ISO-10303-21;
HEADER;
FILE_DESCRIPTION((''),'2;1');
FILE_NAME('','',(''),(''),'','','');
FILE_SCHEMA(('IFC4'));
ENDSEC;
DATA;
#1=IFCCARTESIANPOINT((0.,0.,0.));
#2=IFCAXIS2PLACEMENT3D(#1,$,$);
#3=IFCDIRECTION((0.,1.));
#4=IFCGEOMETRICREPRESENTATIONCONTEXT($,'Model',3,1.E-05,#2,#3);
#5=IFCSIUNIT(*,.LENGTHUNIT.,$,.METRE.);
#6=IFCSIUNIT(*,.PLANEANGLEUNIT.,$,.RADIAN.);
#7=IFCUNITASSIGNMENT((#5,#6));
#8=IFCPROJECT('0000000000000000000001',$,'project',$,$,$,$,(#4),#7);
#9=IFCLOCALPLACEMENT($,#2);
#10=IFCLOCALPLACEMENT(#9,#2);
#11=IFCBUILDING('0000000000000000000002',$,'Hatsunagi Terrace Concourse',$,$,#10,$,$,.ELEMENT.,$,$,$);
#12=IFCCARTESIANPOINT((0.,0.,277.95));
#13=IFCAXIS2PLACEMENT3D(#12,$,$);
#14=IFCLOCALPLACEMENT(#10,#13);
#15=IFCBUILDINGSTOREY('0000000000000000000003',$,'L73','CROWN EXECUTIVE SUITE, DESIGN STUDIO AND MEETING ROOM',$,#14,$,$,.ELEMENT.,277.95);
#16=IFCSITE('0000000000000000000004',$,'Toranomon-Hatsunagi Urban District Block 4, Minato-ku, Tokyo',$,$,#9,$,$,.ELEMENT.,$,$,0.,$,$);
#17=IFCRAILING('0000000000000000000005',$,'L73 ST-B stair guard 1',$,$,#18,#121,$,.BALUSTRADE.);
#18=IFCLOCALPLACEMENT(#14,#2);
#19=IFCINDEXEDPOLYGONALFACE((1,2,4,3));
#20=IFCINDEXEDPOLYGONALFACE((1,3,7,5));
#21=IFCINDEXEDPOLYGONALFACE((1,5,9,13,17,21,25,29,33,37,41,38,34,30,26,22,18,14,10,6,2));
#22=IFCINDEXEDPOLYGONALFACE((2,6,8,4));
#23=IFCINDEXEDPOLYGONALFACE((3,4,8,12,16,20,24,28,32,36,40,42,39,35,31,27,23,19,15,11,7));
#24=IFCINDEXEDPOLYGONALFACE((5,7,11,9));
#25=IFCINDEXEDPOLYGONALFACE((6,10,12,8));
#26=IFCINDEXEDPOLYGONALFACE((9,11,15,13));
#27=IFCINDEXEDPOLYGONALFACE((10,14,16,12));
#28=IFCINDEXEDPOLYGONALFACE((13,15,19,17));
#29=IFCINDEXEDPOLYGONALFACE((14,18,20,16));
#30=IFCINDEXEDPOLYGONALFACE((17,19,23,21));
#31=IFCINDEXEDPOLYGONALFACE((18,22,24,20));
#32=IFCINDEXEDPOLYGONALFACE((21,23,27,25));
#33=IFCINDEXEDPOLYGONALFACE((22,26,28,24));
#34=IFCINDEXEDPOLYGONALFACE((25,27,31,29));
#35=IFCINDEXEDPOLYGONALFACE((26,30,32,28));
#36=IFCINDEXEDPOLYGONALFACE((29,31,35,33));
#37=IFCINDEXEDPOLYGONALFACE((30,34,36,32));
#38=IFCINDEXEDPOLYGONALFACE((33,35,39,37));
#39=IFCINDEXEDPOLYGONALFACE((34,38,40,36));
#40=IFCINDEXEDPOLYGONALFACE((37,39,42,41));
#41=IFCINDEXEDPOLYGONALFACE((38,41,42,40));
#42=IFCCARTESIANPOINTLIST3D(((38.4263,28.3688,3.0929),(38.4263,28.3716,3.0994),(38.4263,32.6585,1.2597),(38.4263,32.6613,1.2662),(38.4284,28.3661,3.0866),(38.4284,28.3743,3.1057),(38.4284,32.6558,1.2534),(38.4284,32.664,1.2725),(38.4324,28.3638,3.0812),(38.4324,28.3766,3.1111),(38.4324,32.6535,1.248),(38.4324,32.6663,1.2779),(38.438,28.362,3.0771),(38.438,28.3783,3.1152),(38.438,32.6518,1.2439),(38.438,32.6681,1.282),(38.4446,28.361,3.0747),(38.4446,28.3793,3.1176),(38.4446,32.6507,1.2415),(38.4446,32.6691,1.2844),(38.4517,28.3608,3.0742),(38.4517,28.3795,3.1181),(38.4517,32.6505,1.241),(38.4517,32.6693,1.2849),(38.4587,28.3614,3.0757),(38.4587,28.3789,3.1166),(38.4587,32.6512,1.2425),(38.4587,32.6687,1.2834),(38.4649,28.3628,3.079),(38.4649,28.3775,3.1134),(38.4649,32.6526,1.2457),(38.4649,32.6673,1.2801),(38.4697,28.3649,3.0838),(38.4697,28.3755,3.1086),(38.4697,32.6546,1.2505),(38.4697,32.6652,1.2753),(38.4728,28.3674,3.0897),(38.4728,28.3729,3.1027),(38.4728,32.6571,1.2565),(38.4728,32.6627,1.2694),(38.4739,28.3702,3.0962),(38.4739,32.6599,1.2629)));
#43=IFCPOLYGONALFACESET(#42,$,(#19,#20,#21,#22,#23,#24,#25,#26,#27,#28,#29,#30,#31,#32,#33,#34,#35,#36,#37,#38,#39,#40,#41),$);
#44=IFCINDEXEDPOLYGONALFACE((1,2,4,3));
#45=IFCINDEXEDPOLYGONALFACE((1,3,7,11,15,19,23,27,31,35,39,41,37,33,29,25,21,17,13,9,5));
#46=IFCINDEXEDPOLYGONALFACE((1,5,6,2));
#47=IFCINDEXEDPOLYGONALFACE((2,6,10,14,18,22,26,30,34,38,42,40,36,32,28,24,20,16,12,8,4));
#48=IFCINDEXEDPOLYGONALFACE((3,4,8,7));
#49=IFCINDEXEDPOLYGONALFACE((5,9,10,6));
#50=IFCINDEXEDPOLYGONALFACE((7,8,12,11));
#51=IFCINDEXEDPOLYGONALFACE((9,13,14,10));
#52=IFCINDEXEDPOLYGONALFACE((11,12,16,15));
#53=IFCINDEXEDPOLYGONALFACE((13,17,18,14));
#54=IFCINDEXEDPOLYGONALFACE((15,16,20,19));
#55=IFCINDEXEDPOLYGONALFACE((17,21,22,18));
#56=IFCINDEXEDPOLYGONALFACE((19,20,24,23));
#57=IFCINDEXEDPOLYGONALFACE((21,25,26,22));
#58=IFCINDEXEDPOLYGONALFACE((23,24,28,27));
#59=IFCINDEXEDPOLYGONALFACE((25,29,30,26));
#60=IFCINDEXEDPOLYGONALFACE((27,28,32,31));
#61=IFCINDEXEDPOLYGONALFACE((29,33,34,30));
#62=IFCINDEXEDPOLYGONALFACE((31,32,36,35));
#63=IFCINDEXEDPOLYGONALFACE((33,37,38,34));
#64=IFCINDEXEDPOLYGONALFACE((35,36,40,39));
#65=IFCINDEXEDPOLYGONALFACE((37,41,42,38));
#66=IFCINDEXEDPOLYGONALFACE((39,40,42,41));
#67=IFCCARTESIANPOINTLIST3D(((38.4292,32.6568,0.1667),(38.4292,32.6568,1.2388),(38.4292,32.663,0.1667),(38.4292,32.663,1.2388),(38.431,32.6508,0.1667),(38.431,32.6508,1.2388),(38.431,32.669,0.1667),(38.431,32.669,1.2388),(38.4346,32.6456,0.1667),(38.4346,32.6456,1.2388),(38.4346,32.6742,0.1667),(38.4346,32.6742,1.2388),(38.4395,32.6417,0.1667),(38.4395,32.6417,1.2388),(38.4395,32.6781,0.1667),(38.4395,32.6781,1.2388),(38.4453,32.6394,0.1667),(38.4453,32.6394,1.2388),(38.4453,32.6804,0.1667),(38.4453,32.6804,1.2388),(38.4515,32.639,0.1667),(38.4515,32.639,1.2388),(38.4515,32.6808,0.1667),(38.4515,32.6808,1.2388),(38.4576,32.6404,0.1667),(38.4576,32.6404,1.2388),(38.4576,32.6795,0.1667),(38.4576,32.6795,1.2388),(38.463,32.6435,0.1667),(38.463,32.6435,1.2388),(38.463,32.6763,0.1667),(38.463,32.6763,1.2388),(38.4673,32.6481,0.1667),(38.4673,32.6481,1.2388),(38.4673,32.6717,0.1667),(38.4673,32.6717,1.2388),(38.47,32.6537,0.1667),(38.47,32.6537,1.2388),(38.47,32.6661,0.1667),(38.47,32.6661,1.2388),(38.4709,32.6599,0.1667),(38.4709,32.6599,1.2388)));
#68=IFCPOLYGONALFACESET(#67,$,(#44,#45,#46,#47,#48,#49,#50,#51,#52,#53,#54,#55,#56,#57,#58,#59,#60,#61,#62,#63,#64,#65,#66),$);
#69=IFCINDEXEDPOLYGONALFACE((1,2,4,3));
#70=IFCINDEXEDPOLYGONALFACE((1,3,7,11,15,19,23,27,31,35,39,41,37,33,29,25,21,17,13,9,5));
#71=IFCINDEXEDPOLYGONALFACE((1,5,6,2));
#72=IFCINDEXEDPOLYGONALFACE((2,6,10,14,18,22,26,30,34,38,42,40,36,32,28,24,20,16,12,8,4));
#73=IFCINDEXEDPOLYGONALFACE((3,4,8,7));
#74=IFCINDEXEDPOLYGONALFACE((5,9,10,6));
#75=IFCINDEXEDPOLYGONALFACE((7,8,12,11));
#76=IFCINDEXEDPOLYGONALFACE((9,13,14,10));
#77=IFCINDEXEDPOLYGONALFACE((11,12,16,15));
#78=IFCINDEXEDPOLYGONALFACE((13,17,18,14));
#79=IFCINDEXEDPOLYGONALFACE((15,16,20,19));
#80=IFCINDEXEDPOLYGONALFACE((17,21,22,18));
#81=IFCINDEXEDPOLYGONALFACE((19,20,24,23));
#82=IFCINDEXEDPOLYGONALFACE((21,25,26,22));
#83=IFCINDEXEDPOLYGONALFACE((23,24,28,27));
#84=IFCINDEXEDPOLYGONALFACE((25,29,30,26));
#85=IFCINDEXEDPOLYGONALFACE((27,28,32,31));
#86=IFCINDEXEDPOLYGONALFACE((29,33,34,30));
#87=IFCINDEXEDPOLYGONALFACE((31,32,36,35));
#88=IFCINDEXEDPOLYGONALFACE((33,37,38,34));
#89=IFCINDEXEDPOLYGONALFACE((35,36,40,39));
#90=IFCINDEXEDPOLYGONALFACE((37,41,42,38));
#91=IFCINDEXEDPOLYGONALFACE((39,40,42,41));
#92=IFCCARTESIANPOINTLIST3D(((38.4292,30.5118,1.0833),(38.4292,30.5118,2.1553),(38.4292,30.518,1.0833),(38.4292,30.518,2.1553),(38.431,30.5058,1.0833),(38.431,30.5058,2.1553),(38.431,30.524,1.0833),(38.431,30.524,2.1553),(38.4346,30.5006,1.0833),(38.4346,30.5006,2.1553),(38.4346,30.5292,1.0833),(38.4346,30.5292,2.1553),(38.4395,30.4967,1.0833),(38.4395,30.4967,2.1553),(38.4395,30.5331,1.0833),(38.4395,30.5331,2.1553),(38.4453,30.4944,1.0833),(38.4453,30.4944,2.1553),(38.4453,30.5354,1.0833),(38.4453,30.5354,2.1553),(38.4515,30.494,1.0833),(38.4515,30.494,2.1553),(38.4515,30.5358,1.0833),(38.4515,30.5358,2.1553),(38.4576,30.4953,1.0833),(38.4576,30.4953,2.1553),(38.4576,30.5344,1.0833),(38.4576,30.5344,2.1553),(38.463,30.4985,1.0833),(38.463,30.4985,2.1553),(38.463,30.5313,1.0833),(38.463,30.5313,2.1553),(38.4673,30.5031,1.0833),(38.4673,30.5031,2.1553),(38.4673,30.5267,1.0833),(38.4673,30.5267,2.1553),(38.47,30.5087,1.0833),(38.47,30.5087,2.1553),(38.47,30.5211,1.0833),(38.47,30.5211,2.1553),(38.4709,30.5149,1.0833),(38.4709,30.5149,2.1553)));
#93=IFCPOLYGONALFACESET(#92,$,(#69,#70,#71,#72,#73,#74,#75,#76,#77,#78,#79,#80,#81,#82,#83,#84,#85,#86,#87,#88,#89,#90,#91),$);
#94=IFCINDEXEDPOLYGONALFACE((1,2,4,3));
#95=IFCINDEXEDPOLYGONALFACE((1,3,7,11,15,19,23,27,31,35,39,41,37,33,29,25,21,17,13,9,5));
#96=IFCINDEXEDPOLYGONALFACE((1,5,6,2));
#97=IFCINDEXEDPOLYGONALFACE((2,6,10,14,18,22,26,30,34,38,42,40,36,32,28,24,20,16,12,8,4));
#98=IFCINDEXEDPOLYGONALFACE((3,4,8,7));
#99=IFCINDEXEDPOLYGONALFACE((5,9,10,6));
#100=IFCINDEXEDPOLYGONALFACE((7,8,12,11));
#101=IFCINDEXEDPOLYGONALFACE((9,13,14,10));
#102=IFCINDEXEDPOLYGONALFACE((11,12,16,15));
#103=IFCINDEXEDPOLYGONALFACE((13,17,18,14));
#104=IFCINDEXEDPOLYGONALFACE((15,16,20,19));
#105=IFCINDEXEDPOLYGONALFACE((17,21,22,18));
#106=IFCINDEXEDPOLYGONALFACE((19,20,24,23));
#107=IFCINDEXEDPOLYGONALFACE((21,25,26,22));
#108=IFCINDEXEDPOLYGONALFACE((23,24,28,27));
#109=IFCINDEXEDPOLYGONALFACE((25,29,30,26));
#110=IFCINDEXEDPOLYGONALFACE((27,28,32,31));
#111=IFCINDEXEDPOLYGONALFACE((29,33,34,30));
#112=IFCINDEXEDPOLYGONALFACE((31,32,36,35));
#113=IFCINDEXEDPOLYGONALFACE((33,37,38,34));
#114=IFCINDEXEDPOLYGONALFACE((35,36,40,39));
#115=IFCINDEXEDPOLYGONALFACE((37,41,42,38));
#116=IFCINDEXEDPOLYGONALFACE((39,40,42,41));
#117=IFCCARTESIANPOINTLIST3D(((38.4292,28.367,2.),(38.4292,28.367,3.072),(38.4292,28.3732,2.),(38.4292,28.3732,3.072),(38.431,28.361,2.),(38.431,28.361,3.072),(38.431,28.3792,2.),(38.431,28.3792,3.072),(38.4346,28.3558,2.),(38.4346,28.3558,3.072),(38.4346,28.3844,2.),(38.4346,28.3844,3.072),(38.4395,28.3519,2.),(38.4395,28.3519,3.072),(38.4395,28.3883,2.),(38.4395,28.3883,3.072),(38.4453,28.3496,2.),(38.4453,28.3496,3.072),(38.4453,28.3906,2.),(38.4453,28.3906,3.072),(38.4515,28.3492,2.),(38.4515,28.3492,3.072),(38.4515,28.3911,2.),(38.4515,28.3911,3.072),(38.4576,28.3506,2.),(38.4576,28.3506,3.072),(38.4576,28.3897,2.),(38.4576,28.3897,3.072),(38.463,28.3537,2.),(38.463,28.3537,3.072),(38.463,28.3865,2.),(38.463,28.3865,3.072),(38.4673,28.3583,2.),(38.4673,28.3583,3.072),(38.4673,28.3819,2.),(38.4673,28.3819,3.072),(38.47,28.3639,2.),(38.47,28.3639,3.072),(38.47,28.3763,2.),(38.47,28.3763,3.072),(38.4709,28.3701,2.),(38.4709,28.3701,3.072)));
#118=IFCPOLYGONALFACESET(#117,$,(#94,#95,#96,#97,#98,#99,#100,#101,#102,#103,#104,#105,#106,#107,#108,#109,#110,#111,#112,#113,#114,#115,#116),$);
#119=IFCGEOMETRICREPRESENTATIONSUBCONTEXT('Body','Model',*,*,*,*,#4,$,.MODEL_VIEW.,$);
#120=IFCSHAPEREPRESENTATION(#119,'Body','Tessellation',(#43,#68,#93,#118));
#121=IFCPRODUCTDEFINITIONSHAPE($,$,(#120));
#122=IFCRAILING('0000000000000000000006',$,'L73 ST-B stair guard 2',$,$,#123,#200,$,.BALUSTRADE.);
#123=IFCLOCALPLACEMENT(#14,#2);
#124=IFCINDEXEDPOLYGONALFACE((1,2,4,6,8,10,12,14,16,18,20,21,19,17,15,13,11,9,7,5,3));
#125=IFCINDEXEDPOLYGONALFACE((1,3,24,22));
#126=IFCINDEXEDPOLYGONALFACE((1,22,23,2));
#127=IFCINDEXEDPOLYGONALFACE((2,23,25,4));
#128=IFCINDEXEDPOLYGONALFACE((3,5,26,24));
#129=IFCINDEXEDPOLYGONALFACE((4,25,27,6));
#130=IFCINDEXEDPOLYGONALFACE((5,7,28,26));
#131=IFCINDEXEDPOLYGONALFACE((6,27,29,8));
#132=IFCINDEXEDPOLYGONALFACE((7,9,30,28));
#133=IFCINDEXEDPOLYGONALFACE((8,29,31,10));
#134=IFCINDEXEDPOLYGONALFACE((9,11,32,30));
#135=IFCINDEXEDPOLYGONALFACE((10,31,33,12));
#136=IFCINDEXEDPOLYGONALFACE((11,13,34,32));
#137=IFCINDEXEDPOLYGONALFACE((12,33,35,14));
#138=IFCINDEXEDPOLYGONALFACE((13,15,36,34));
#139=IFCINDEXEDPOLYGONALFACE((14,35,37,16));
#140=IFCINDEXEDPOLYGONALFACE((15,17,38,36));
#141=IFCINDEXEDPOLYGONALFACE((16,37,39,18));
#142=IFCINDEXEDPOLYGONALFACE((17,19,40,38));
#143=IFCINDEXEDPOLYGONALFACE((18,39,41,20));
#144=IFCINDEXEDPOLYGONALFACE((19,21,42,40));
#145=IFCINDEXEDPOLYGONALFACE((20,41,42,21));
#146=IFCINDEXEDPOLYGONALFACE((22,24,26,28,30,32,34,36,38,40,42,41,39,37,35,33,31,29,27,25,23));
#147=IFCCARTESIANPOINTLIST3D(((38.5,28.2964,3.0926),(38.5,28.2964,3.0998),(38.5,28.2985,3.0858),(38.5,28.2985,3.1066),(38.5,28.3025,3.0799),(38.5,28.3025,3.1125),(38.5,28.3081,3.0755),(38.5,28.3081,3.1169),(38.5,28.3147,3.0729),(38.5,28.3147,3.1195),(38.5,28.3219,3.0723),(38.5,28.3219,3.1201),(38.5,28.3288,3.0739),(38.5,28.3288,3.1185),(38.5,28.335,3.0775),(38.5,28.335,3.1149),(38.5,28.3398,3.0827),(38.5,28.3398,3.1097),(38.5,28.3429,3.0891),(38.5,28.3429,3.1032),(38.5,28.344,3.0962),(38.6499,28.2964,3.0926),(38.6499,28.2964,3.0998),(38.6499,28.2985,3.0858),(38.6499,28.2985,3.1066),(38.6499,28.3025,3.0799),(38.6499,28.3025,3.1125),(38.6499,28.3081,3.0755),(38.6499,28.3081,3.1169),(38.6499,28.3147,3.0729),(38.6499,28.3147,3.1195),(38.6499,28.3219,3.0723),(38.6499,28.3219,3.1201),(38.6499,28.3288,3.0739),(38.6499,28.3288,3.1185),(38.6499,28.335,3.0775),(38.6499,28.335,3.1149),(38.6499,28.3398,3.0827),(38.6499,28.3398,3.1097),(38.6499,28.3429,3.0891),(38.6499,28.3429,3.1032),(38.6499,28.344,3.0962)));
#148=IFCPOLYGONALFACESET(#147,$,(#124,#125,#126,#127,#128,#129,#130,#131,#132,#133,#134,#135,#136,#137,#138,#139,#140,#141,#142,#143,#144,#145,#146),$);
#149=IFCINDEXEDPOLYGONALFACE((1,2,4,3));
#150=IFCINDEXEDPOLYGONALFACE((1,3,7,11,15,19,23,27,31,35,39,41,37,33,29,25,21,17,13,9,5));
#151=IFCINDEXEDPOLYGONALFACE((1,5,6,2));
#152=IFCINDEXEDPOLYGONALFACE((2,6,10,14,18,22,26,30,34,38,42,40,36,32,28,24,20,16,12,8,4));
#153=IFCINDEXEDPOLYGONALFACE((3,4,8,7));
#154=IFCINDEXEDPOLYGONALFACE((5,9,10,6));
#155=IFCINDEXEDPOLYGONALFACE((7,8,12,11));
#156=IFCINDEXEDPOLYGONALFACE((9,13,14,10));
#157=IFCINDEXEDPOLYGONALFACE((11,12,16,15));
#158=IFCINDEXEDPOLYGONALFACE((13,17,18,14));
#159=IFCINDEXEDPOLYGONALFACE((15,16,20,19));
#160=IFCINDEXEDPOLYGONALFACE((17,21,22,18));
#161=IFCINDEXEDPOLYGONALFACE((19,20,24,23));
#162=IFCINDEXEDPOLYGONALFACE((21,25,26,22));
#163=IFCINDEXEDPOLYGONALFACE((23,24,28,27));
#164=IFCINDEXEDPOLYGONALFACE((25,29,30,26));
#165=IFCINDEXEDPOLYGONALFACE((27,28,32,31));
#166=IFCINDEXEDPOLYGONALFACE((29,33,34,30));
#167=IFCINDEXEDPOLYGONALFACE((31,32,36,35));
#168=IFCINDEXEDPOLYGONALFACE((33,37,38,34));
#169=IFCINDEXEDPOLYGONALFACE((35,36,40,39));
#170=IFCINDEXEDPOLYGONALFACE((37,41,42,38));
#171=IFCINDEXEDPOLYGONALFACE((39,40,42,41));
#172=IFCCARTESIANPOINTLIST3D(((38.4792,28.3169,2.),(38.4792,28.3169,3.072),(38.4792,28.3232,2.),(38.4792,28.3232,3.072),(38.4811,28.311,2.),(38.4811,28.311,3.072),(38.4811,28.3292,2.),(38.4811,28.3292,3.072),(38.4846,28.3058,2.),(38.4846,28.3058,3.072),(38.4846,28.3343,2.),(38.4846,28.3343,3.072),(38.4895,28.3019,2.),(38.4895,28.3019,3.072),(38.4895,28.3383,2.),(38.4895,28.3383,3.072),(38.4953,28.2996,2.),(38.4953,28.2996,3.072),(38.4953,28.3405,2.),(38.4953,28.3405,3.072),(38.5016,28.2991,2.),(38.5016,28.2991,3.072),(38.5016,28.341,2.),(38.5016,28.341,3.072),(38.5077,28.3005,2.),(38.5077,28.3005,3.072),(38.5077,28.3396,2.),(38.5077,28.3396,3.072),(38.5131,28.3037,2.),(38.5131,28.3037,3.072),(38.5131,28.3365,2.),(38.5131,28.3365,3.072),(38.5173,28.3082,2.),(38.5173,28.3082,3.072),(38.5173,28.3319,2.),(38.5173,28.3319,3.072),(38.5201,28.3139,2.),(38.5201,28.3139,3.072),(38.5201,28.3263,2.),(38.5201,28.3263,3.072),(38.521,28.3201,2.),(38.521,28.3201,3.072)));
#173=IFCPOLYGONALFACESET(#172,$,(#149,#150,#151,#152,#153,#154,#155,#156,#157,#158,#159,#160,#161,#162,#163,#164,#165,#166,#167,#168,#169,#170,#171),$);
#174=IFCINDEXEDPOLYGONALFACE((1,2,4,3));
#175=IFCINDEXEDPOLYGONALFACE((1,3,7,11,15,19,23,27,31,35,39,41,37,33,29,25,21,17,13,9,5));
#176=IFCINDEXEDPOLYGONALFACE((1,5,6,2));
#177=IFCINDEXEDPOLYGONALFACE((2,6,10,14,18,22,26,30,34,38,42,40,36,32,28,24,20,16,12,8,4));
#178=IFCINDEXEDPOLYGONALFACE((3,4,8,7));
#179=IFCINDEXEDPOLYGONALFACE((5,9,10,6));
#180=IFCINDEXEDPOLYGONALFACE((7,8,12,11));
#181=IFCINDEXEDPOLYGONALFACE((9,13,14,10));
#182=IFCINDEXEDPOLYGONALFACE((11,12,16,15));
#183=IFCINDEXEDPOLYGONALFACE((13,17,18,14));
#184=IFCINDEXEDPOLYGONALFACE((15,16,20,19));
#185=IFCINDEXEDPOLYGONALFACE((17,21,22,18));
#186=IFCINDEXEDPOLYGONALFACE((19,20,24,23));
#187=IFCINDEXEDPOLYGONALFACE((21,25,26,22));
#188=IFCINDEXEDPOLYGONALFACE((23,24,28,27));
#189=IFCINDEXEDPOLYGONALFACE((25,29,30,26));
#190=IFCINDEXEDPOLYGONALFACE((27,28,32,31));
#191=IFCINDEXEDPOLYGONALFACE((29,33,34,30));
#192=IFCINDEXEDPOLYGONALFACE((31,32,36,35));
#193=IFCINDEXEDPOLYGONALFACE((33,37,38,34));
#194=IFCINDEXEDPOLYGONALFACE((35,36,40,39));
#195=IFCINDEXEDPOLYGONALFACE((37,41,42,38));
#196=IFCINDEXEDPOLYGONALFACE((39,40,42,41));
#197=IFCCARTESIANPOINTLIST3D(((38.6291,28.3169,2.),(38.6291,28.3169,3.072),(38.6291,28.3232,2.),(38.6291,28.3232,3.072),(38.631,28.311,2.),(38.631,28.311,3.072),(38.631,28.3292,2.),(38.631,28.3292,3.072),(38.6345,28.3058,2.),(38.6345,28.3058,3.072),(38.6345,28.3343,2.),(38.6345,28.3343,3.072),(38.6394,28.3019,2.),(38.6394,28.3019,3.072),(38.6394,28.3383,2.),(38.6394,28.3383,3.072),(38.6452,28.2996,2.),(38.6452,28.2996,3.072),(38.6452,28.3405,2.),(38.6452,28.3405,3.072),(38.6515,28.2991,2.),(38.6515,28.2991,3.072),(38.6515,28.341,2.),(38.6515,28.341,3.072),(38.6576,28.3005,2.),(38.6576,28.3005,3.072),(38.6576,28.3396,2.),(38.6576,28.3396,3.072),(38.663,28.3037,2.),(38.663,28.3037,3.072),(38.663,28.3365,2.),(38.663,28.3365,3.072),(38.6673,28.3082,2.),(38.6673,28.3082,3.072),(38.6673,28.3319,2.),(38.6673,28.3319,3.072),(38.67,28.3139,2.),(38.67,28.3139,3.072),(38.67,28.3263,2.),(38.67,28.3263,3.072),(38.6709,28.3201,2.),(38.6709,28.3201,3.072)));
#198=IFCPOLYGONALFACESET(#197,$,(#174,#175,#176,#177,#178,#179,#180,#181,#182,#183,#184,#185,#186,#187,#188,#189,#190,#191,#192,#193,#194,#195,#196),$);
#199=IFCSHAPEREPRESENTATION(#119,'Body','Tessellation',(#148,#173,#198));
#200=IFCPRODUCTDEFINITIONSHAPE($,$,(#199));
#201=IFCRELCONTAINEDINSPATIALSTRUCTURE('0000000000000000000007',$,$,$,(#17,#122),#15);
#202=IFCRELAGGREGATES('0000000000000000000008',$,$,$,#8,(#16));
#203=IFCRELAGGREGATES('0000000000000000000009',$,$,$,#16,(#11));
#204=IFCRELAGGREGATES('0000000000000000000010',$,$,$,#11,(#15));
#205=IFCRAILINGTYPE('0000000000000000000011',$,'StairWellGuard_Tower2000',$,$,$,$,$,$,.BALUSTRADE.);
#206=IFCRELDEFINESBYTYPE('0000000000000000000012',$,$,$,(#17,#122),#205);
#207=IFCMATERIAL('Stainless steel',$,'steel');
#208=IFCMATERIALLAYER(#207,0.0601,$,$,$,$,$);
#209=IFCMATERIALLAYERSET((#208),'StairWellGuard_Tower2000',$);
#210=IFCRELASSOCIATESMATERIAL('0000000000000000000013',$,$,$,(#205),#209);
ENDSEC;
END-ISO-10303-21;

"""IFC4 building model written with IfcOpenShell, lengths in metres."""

from ifc_helpers import new_model, si_unit, direction, frame, origin, origin_2d, place, context, subcontext, project, spatial, circle, extrude, material, layer, layer_set, type_object, element, save


model = new_model("IFC4")

# Units and contexts
model_context = context("Model", 3, precision=1e-05, world=origin(), true_north=direction((0.0, 1.0)))
body_context = subcontext(model_context, "Body", "Model", "MODEL_VIEW")
ifc_project = project(units=[si_unit("LENGTHUNIT", "METRE"), si_unit("PLANEANGLEUNIT", "RADIAN")], contexts=[model_context])

# Site, building, storey
site_placement = place(None, origin())
site = spatial("IfcSite", under=ifc_project, at=site_placement, Name="Toranomon-Hatsunagi Urban District Block 4, Minato-ku, Tokyo", CompositionType="ELEMENT", RefElevation=0.0)
building_placement = place(site_placement, origin())
building = spatial("IfcBuilding", under=site, at=building_placement, Name="Hatsunagi Terrace Concourse", CompositionType="ELEMENT")
storey_placement = place(building_placement, frame((0.0, 0.0, 277.95)))
storey = spatial("IfcBuildingStorey", under=building, at=storey_placement, Name="L73", Description="CROWN EXECUTIVE SUITE, DESIGN STUDIO AND MEETING ROOM", CompositionType="ELEMENT", Elevation=277.95)

# Railings
ifc_material_1 = material(Name="Stainless steel", Category="steel")
ifc_layer_1 = layer(ifc_material_1, 0.0601)
ifc_layer_set_1 = layer_set([ifc_layer_1], Name="StairWellGuard_Tower2000")
railing_type_1 = type_object("IfcRailingType", Name="StairWellGuard_Tower2000", PredefinedType="BALUSTRADE", material=ifc_layer_set_1)
railing_1_placement = place(storey_placement, frame((38.45, 32.6599, 0.1667)))
element("IfcRailing", 1, at=railing_1_placement, inside=storey, type_object=railing_type_1, Name="L73 ST-B stair guard 1", PredefinedType="BALUSTRADE", context=body_context, shape_type="SweptSolid", body=[
    extrude(circle(Radius=0.0239, at=origin_2d()), frame((0.0, 0.0, 1.0962), z_axis=(0.0, -0.919551, 0.392972), x_axis=(1.0, 0.0, 0.0)), (0.0, 0.0, 1.0), 4.665),
    extrude(circle(Radius=0.021, at=origin_2d()), origin(), (0.0, 0.0, 1.0), 1.072),
    extrude(circle(Radius=0.021, at=origin_2d()), frame((0.0, -2.145, 0.9165)), (0.0, 0.0, 1.0), 1.072),
    extrude(circle(Radius=0.021, at=origin_2d()), frame((0.0, -4.2898, 1.8333)), (0.0, 0.0, 1.0), 1.072),
])
railing_2_placement = place(storey_placement, frame((38.5, 28.3201, 2.0)))
element("IfcRailing", 2, at=railing_2_placement, inside=storey, type_object=railing_type_1, Name="L73 ST-B stair guard 2", PredefinedType="BALUSTRADE", context=body_context, shape_type="SweptSolid", body=[
    extrude(circle(Radius=0.0239, at=origin_2d()), frame((0.0, 0.0, 1.0962), z_axis=(1.0, 0.0, 0.0), x_axis=(0.0, 1.0, 0.0)), (0.0, 0.0, 1.0), 0.1499),
    extrude(circle(Radius=0.021, at=origin_2d()), origin(), (0.0, 0.0, 1.0), 1.072),
    extrude(circle(Radius=0.021, at=origin_2d()), frame((0.1499, 0.0, 0.0)), (0.0, 0.0, 1.0), 1.072),
])

save(model, "model.ifc")
